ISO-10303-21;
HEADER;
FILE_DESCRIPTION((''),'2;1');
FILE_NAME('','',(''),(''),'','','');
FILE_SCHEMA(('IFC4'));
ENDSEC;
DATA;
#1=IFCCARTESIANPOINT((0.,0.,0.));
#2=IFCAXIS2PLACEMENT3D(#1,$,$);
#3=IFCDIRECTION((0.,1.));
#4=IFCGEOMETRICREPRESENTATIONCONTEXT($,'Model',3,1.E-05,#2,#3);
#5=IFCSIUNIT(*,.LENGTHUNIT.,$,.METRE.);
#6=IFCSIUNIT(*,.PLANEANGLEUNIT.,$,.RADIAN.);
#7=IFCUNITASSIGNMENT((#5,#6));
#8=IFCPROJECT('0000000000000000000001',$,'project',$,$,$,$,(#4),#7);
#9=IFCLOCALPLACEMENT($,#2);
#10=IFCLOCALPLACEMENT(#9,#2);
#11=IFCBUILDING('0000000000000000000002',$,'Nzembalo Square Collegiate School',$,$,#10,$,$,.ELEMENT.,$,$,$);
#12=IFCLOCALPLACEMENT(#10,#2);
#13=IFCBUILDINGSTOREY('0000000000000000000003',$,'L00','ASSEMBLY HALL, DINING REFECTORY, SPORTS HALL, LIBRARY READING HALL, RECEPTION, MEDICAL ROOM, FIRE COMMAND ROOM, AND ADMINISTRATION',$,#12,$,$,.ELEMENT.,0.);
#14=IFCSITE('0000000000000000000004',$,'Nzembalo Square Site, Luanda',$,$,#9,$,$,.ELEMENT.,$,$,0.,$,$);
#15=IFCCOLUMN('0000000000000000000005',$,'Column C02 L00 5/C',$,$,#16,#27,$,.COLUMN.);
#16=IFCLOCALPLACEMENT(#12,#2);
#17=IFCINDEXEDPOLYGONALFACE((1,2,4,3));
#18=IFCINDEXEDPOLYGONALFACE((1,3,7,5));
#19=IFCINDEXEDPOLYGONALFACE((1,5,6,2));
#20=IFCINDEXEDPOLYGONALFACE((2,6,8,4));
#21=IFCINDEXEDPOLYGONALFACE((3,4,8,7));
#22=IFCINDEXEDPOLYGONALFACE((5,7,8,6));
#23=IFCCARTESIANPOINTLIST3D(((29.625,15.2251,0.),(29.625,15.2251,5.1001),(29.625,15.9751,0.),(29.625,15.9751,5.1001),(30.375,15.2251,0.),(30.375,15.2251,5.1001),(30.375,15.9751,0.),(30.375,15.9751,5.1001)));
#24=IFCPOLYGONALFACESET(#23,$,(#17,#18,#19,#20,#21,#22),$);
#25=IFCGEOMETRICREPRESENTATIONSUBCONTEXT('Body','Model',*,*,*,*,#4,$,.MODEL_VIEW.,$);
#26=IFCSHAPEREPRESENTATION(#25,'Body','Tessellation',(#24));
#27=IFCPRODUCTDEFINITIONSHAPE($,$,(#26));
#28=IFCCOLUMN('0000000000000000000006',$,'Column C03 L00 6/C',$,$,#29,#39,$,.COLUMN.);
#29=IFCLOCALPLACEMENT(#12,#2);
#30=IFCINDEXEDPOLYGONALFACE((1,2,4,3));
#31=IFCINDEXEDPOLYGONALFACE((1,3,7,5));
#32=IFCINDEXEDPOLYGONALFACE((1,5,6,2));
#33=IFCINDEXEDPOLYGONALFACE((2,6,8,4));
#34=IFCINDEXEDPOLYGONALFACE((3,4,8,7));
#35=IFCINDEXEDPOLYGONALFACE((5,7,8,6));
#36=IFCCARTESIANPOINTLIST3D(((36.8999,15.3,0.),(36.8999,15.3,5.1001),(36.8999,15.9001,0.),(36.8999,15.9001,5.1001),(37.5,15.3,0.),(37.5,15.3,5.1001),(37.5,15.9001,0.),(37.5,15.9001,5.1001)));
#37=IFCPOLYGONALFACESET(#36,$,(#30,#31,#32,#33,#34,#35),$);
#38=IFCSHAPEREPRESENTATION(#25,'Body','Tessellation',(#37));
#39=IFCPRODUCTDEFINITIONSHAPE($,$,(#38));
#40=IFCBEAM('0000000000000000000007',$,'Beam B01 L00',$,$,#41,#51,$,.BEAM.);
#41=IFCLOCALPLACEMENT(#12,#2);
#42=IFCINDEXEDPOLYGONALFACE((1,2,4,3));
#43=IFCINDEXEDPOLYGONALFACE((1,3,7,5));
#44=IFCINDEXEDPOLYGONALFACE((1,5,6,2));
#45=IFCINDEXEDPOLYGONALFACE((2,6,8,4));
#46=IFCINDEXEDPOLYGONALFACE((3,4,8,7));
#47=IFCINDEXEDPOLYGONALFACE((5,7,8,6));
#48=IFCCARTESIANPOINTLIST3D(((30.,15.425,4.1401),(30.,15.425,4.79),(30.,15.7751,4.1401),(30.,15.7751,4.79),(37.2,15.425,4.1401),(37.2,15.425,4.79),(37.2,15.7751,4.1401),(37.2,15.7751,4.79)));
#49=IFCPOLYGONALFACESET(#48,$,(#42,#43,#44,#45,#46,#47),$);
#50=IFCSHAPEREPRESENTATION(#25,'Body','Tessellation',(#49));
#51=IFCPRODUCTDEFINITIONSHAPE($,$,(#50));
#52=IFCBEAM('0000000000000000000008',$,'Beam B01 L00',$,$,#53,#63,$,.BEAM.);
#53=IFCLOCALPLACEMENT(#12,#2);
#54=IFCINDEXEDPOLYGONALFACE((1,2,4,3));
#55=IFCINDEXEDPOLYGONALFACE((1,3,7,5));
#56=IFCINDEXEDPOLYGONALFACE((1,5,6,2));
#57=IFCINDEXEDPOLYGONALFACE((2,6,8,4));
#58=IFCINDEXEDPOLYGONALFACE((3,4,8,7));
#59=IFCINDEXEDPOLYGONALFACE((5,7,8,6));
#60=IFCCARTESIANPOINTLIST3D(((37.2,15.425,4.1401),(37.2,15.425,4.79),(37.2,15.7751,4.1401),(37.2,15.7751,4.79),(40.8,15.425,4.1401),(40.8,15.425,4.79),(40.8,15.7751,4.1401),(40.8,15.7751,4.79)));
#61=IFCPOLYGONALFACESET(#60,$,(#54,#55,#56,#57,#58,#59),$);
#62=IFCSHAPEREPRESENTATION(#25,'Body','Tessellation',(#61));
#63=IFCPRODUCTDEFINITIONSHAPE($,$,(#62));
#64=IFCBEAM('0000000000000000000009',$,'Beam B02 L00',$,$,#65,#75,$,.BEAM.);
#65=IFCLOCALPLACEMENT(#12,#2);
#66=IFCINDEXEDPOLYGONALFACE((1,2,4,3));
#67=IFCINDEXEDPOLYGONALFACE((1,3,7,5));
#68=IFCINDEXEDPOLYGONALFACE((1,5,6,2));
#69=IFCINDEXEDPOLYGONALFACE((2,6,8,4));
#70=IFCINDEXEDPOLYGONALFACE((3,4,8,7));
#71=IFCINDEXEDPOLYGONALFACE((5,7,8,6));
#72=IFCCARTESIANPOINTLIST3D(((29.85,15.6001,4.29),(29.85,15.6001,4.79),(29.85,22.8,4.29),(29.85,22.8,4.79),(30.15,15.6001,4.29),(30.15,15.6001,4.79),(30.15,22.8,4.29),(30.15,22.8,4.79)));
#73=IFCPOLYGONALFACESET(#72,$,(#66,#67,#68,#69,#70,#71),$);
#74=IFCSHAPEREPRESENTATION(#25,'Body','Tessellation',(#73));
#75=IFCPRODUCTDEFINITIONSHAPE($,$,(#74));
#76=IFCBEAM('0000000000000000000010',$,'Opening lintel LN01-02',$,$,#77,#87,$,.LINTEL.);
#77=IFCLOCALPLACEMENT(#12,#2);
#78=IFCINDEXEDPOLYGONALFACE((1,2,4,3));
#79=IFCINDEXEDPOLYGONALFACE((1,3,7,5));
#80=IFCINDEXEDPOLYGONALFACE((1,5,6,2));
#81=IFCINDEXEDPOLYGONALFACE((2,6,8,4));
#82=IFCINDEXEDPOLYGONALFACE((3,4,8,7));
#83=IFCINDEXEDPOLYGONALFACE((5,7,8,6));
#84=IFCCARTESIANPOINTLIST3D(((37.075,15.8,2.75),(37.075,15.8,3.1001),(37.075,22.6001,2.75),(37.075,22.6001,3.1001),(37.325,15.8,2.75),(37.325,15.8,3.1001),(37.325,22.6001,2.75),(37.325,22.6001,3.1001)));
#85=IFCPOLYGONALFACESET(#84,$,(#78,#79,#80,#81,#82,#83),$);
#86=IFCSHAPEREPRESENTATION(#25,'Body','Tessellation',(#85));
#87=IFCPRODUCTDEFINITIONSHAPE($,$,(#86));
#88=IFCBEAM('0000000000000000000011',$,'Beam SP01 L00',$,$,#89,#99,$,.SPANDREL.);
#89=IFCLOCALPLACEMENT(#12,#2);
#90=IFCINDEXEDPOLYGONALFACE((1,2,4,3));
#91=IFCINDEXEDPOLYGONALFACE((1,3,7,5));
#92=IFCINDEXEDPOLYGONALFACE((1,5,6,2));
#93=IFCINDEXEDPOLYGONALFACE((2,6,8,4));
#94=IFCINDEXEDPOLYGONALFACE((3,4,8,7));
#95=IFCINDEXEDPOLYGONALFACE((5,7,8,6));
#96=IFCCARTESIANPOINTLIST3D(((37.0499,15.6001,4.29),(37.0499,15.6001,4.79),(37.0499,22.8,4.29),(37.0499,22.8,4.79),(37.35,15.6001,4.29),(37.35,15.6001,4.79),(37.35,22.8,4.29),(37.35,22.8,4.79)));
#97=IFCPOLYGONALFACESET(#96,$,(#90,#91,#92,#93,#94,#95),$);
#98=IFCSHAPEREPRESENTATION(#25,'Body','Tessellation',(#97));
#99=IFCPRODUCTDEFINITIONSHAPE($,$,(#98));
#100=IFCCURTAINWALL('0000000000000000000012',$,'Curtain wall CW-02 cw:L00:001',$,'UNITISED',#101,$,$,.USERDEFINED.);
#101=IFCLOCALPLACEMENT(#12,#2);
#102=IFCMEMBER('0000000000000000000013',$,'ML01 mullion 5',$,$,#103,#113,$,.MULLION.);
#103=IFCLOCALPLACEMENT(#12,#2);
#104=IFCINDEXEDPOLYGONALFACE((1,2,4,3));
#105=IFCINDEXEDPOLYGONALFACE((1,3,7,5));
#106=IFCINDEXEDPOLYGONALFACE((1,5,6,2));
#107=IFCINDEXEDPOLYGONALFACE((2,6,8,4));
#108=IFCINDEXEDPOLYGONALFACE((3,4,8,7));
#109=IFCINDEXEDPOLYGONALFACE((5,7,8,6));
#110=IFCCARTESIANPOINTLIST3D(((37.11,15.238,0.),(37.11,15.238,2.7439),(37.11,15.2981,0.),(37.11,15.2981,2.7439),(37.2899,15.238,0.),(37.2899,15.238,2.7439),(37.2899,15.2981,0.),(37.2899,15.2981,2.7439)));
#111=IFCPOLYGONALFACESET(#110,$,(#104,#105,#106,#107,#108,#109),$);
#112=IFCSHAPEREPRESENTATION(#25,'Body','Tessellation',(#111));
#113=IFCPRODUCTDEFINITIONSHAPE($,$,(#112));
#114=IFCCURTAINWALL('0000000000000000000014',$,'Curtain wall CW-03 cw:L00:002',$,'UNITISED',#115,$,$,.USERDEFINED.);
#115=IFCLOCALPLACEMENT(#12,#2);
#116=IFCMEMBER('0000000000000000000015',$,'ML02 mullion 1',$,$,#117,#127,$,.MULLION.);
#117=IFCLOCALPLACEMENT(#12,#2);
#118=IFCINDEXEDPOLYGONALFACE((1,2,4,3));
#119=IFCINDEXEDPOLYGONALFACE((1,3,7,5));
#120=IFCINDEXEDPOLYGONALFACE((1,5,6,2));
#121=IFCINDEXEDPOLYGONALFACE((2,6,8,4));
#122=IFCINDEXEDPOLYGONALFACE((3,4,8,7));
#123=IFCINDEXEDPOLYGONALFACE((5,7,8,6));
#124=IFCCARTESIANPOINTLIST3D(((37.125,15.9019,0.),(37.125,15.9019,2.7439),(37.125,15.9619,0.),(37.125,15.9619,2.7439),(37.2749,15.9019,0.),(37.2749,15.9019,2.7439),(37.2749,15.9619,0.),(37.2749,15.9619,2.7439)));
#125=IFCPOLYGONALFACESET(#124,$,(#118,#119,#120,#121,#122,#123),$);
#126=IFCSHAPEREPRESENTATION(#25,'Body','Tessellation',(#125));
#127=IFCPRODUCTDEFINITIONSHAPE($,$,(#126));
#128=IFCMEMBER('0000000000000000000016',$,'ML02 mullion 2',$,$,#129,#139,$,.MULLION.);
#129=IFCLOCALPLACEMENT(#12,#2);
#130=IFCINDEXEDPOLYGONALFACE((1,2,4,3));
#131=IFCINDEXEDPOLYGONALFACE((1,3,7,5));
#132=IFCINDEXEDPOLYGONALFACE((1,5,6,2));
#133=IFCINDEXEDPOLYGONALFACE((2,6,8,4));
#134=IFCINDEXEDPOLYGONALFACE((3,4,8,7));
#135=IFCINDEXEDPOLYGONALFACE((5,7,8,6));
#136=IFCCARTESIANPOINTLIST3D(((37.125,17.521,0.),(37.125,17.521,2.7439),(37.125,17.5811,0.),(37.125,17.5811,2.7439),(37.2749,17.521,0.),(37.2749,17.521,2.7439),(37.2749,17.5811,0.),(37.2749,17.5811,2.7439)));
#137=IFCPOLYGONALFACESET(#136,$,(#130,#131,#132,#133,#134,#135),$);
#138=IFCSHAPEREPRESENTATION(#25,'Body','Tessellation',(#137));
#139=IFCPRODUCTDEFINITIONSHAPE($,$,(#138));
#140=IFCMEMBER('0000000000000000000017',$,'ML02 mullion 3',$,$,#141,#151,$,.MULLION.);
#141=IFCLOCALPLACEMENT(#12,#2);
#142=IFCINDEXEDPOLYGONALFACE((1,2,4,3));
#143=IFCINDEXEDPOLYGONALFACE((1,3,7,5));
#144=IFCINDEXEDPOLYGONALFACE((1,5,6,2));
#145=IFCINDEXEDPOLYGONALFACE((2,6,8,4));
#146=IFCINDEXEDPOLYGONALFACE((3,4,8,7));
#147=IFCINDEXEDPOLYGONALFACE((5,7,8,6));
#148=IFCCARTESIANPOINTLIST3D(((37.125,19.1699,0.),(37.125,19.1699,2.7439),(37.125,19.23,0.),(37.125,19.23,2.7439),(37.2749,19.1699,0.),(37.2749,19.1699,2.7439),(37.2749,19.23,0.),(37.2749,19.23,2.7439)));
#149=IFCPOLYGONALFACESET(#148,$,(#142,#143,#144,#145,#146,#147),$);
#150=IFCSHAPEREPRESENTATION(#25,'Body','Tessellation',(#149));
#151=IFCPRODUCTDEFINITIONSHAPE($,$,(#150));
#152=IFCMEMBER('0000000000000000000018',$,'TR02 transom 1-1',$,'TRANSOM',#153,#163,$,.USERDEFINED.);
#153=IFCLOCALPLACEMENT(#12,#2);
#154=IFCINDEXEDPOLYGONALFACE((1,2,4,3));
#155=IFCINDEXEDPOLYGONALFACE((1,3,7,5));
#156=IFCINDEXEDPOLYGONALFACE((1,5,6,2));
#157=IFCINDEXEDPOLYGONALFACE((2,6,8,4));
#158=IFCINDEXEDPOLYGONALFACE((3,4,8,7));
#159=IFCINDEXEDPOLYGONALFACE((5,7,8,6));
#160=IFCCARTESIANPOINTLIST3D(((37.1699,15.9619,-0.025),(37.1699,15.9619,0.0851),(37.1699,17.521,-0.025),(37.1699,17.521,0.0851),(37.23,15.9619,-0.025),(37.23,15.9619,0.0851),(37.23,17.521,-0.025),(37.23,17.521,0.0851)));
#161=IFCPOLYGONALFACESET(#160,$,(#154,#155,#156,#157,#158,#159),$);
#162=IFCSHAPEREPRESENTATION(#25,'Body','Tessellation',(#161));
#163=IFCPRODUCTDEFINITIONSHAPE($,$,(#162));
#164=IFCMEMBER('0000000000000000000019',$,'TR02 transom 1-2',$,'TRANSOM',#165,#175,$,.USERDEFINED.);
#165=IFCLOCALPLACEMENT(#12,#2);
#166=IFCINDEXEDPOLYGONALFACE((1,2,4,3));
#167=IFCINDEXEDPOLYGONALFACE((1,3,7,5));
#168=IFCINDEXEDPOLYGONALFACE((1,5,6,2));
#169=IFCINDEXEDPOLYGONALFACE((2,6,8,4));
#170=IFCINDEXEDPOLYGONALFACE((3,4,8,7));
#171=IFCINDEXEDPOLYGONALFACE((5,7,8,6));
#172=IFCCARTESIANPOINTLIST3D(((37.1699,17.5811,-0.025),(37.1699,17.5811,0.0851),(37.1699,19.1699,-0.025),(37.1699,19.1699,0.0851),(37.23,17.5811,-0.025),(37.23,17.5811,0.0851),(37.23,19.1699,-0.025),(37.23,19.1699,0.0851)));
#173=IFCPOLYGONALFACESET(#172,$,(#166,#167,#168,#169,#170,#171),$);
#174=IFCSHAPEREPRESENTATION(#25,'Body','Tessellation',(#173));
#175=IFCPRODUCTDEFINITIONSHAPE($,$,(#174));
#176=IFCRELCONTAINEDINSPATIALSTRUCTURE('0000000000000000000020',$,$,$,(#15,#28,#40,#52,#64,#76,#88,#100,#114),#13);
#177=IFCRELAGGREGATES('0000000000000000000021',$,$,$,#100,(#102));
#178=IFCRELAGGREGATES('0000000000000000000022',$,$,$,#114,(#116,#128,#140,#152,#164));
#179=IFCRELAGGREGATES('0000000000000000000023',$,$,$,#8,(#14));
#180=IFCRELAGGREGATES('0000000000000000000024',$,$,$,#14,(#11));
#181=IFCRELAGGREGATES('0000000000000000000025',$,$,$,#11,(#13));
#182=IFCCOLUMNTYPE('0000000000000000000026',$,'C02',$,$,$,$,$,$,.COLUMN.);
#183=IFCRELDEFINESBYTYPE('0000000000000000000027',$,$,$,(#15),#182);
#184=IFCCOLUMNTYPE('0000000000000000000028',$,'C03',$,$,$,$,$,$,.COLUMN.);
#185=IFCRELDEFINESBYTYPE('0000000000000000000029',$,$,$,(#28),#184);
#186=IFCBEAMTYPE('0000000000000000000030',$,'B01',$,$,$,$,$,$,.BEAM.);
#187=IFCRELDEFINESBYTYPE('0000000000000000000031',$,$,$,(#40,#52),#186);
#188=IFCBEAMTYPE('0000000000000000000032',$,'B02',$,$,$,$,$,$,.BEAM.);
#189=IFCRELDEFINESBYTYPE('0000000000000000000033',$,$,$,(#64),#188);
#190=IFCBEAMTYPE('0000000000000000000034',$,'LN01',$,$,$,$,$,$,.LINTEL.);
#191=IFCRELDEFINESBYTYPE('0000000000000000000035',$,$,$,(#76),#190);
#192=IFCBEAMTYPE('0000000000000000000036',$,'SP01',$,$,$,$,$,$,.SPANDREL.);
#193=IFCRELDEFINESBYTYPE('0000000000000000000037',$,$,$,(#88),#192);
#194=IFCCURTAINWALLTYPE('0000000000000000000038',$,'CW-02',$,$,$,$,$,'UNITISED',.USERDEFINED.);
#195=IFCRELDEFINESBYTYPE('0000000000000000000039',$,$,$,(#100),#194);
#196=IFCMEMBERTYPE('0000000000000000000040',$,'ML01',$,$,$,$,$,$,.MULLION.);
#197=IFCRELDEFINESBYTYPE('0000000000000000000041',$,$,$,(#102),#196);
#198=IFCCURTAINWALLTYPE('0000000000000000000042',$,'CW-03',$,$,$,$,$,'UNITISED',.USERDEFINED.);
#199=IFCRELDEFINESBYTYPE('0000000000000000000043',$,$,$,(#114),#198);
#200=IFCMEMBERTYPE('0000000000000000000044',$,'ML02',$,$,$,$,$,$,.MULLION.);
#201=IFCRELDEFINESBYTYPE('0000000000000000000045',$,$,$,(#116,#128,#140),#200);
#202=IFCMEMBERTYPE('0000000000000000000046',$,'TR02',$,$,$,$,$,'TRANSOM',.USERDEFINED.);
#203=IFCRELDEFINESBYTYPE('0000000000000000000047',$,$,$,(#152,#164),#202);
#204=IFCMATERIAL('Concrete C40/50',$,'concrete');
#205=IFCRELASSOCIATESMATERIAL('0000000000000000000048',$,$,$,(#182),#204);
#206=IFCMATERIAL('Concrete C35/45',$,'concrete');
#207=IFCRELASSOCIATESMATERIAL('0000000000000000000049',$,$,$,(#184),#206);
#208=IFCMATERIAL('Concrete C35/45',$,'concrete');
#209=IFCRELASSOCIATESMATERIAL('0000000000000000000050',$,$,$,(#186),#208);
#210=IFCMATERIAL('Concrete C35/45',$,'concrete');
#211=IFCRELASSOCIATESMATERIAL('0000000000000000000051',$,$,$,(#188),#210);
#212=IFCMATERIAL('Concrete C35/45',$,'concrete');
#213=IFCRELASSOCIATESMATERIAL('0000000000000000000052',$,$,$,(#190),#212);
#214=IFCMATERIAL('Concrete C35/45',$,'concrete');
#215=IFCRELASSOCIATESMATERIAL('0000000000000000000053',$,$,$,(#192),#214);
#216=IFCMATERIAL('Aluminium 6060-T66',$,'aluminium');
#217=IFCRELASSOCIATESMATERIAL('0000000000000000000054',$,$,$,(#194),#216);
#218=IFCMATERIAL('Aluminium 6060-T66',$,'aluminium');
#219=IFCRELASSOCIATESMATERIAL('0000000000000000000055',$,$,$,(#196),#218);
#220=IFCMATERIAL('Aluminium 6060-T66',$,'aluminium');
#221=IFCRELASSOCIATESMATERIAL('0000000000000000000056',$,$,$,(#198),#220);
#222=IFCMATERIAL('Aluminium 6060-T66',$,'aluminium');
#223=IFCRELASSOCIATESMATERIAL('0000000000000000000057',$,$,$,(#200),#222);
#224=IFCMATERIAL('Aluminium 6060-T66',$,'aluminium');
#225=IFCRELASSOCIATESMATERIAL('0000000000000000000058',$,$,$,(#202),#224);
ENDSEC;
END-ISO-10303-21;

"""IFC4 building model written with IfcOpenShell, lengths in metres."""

from ifc_helpers import new_model, si_unit, direction, frame, origin, origin_2d, place, context, subcontext, project, spatial, rectangle, extrude, material, material_profile, profile_set, type_object, element, aggregate, save


model = new_model("IFC4")

# Units and contexts
model_context = context("Model", 3, precision=1e-05, world=origin(), true_north=direction((0.0, 1.0)))
body_context = subcontext(model_context, "Body", "Model", "MODEL_VIEW")
ifc_project = project(units=[si_unit("LENGTHUNIT", "METRE"), si_unit("PLANEANGLEUNIT", "RADIAN")], contexts=[model_context])

# Site, building, storey
site_placement = place(None, origin())
site = spatial("IfcSite", under=ifc_project, at=site_placement, Name="Nzembalo Square Site, Luanda", CompositionType="ELEMENT", RefElevation=0.0)
building_placement = place(site_placement, origin())
building = spatial("IfcBuilding", under=site, at=building_placement, Name="Nzembalo Square Collegiate School", CompositionType="ELEMENT")
storey_placement = place(building_placement, origin())
storey = spatial("IfcBuildingStorey", under=building, at=storey_placement, Name="L00", Description="ASSEMBLY HALL, DINING REFECTORY, SPORTS HALL, LIBRARY READING HALL, RECEPTION, MEDICAL ROOM, FIRE COMMAND ROOM, AND ADMINISTRATION", CompositionType="ELEMENT", Elevation=0.0)

# Columns
ifc_material_1 = material(Name="Concrete C40/50", Category="concrete")
ifc_material_profile_1 = material_profile(ifc_material_1, rectangle(XDim=0.75, YDim=0.75, at=origin_2d()), Name="RC 750x750")
ifc_profile_set_1 = profile_set([ifc_material_profile_1], Name="Concrete C40/50")
column_type_1 = type_object("IfcColumnType", Name="C02", PredefinedType="COLUMN", material=ifc_profile_set_1)
column_1_placement = place(storey_placement, frame((30.0, 15.6001, 0.0), z_axis=(0.0, 0.0, 1.0), x_axis=(1.0, 0.0, 0.0)))
element("IfcColumn", 1, at=column_1_placement, inside=storey, type_object=column_type_1, Name="Column C02 L00 5/C", PredefinedType="COLUMN", context=body_context, shape_type="SweptSolid", body=[
    extrude(rectangle(XDim=0.75, YDim=0.75, at=origin_2d()), origin(), (0.0, 0.0, 1.0), 5.1001),
])
ifc_material_2 = material(Name="Concrete C35/45", Category="concrete")
ifc_material_profile_2 = material_profile(ifc_material_2, rectangle(XDim=0.6001, YDim=0.6001, at=origin_2d()), Name="RC 600x600")
ifc_profile_set_2 = profile_set([ifc_material_profile_2], Name="Concrete C35/45")
column_type_2 = type_object("IfcColumnType", Name="C03", PredefinedType="COLUMN", material=ifc_profile_set_2)
column_2_placement = place(storey_placement, frame((37.2, 15.6001, 0.0), z_axis=(0.0, 0.0, 1.0), x_axis=(1.0, 0.0, 0.0)))
element("IfcColumn", 2, at=column_2_placement, inside=storey, type_object=column_type_2, Name="Column C03 L00 6/C", PredefinedType="COLUMN", context=body_context, shape_type="SweptSolid", body=[
    extrude(rectangle(XDim=0.6001, YDim=0.6001, at=origin_2d()), origin(), (0.0, 0.0, 1.0), 5.1001),
])

# Beams
ifc_material_3 = material(Name="Concrete C35/45", Category="concrete")
ifc_material_profile_3 = material_profile(ifc_material_3, rectangle(XDim=0.3501, YDim=0.6499, at=origin_2d()), Name="RC 350x650")
ifc_profile_set_3 = profile_set([ifc_material_profile_3], Name="Concrete C35/45")
beam_type_1 = type_object("IfcBeamType", Name="B01", PredefinedType="BEAM", material=ifc_profile_set_3)
beam_1_placement = place(storey_placement, frame((30.0, 15.6001, 4.4651), z_axis=(1.0, 0.0, 0.0), x_axis=(0.0, 1.0, 0.0)))
element("IfcBeam", 3, at=beam_1_placement, inside=storey, type_object=beam_type_1, Name="Beam B01 L00", PredefinedType="BEAM", context=body_context, shape_type="SweptSolid", body=[
    extrude(rectangle(XDim=0.3501, YDim=0.6499, at=origin_2d()), origin(), (0.0, 0.0, 1.0), 7.2),
])
beam_2_placement = place(storey_placement, frame((37.2, 15.6001, 4.4651), z_axis=(1.0, 0.0, 0.0), x_axis=(0.0, 1.0, 0.0)))
element("IfcBeam", 4, at=beam_2_placement, inside=storey, type_object=beam_type_1, Name="Beam B01 L00", PredefinedType="BEAM", context=body_context, shape_type="SweptSolid", body=[
    extrude(rectangle(XDim=0.3501, YDim=0.6499, at=origin_2d()), origin(), (0.0, 0.0, 1.0), 3.6001),
])
ifc_material_4 = material(Name="Concrete C35/45", Category="concrete")
ifc_material_profile_4 = material_profile(ifc_material_4, rectangle(XDim=0.3, YDim=0.5, at=origin_2d()), Name="RC 300x500")
ifc_profile_set_4 = profile_set([ifc_material_profile_4], Name="Concrete C35/45")
beam_type_2 = type_object("IfcBeamType", Name="B02", PredefinedType="BEAM", material=ifc_profile_set_4)
beam_3_placement = place(storey_placement, frame((30.0, 15.6001, 4.54), z_axis=(0.0, 1.0, 0.0), x_axis=(-1.0, 0.0, 0.0)))
element("IfcBeam", 5, at=beam_3_placement, inside=storey, type_object=beam_type_2, Name="Beam B02 L00", PredefinedType="BEAM", context=body_context, shape_type="SweptSolid", body=[
    extrude(rectangle(XDim=0.3, YDim=0.5, at=origin_2d()), origin(), (0.0, 0.0, 1.0), 7.2),
])
ifc_material_5 = material(Name="Concrete C35/45", Category="concrete")
ifc_material_profile_5 = material_profile(ifc_material_5, rectangle(XDim=0.25, YDim=0.3501, at=origin_2d()), Name="RC 250x350")
ifc_profile_set_5 = profile_set([ifc_material_profile_5], Name="Concrete C35/45")
beam_type_3 = type_object("IfcBeamType", Name="LN01", PredefinedType="LINTEL", material=ifc_profile_set_5)
beam_4_placement = place(storey_placement, frame((37.2, 15.8, 2.925), z_axis=(0.0, 1.0, 0.0), x_axis=(-1.0, 0.0, 0.0)))
element("IfcBeam", 6, at=beam_4_placement, inside=storey, type_object=beam_type_3, Name="Opening lintel LN01-02", PredefinedType="LINTEL", context=body_context, shape_type="SweptSolid", body=[
    extrude(rectangle(XDim=0.25, YDim=0.3501, at=origin_2d()), origin(), (0.0, 0.0, 1.0), 6.8),
])
ifc_material_6 = material(Name="Concrete C35/45", Category="concrete")
ifc_material_profile_6 = material_profile(ifc_material_6, rectangle(XDim=0.3, YDim=0.5, at=origin_2d()), Name="RC 300x500")
ifc_profile_set_6 = profile_set([ifc_material_profile_6], Name="Concrete C35/45")
beam_type_4 = type_object("IfcBeamType", Name="SP01", PredefinedType="SPANDREL", material=ifc_profile_set_6)
beam_5_placement = place(storey_placement, frame((37.2, 15.6001, 4.54), z_axis=(0.0, 1.0, 0.0), x_axis=(-1.0, 0.0, 0.0)))
element("IfcBeam", 7, at=beam_5_placement, inside=storey, type_object=beam_type_4, Name="Beam SP01 L00", PredefinedType="SPANDREL", context=body_context, shape_type="SweptSolid", body=[
    extrude(rectangle(XDim=0.3, YDim=0.5, at=origin_2d()), origin(), (0.0, 0.0, 1.0), 7.2),
])

# Curtain wall, member
ifc_material_7 = material(Name="Aluminium 6060-T66", Category="aluminium")
curtain_wall_type_1 = type_object("IfcCurtainWallType", Name="CW-02", ElementType="UNITISED", PredefinedType="USERDEFINED", material=ifc_material_7)
curtain_wall_1_placement = place(storey_placement, origin())
curtain_wall_1 = element("IfcCurtainWall", 8, at=curtain_wall_1_placement, inside=storey, type_object=curtain_wall_type_1, Name="Curtain wall CW-02 cw:L00:001", ObjectType="UNITISED", PredefinedType="USERDEFINED")
ifc_material_8 = material(Name="Aluminium 6060-T66", Category="aluminium")
ifc_material_profile_7 = material_profile(ifc_material_8, rectangle(XDim=0.0601, YDim=0.1799, at=origin_2d()), Name="ALU M60x180")
ifc_profile_set_7 = profile_set([ifc_material_profile_7], Name="Aluminium 6060-T66")
member_type_1 = type_object("IfcMemberType", Name="ML01", PredefinedType="MULLION", material=ifc_profile_set_7)
member_1_placement = place(storey_placement, frame((37.2, 15.2681, 0.0), z_axis=(0.0, 0.0, 1.0), x_axis=(0.0, 1.0, 0.0)))
member_1 = element("IfcMember", 9, at=member_1_placement, type_object=member_type_1, Name="ML01 mullion 5", PredefinedType="MULLION", context=body_context, shape_type="SweptSolid", body=[
    extrude(rectangle(XDim=0.0601, YDim=0.1799, at=origin_2d()), origin(), (0.0, 0.0, 1.0), 2.7439),
])

# Curtain wall, members
ifc_material_9 = material(Name="Aluminium 6060-T66", Category="aluminium")
curtain_wall_type_2 = type_object("IfcCurtainWallType", Name="CW-03", ElementType="UNITISED", PredefinedType="USERDEFINED", material=ifc_material_9)
curtain_wall_2_placement = place(storey_placement, origin())
curtain_wall_2 = element("IfcCurtainWall", 10, at=curtain_wall_2_placement, inside=storey, type_object=curtain_wall_type_2, Name="Curtain wall CW-03 cw:L00:002", ObjectType="UNITISED", PredefinedType="USERDEFINED")
ifc_material_10 = material(Name="Aluminium 6060-T66", Category="aluminium")
ifc_material_profile_8 = material_profile(ifc_material_10, rectangle(XDim=0.0601, YDim=0.1499, at=origin_2d()), Name="ALU M60x150")
ifc_profile_set_8 = profile_set([ifc_material_profile_8], Name="Aluminium 6060-T66")
member_type_2 = type_object("IfcMemberType", Name="ML02", PredefinedType="MULLION", material=ifc_profile_set_8)
member_2_placement = place(storey_placement, frame((37.2, 15.9319, 0.0), z_axis=(0.0, 0.0, 1.0), x_axis=(0.0, 1.0, 0.0)))
member_2 = element("IfcMember", 11, at=member_2_placement, type_object=member_type_2, Name="ML02 mullion 1", PredefinedType="MULLION", context=body_context, shape_type="SweptSolid", body=[
    extrude(rectangle(XDim=0.0601, YDim=0.1499, at=origin_2d()), origin(), (0.0, 0.0, 1.0), 2.7439),
])
member_3_placement = place(storey_placement, frame((37.2, 17.551, 0.0), z_axis=(0.0, 0.0, 1.0), x_axis=(0.0, 1.0, 0.0)))
member_3 = element("IfcMember", 12, at=member_3_placement, type_object=member_type_2, Name="ML02 mullion 2", PredefinedType="MULLION", context=body_context, shape_type="SweptSolid", body=[
    extrude(rectangle(XDim=0.0601, YDim=0.1499, at=origin_2d()), origin(), (0.0, 0.0, 1.0), 2.7439),
])
member_4_placement = place(storey_placement, frame((37.2, 19.2, 0.0), z_axis=(0.0, 0.0, 1.0), x_axis=(0.0, 1.0, 0.0)))
member_4 = element("IfcMember", 13, at=member_4_placement, type_object=member_type_2, Name="ML02 mullion 3", PredefinedType="MULLION", context=body_context, shape_type="SweptSolid", body=[
    extrude(rectangle(XDim=0.0601, YDim=0.1499, at=origin_2d()), origin(), (0.0, 0.0, 1.0), 2.7439),
])
ifc_material_11 = material(Name="Aluminium 6060-T66", Category="aluminium")
ifc_material_profile_9 = material_profile(ifc_material_11, rectangle(XDim=0.0601, YDim=0.1101, at=origin_2d()), Name="ALU T60x110")
ifc_profile_set_9 = profile_set([ifc_material_profile_9], Name="Aluminium 6060-T66")
member_type_3 = type_object("IfcMemberType", Name="TR02", ElementType="TRANSOM", PredefinedType="USERDEFINED", material=ifc_profile_set_9)
member_5_placement = place(storey_placement, frame((37.2, 15.9619, 0.03), z_axis=(0.0, 1.0, 0.0), x_axis=(-1.0, 0.0, 0.0)))
member_5 = element("IfcMember", 14, at=member_5_placement, type_object=member_type_3, Name="TR02 transom 1-1", ObjectType="TRANSOM", PredefinedType="USERDEFINED", context=body_context, shape_type="SweptSolid", body=[
    extrude(rectangle(XDim=0.0601, YDim=0.1101, at=origin_2d()), origin(), (0.0, 0.0, 1.0), 1.5591),
])
member_6_placement = place(storey_placement, frame((37.2, 17.5811, 0.03), z_axis=(0.0, 1.0, 0.0), x_axis=(-1.0, 0.0, 0.0)))
member_6 = element("IfcMember", 15, at=member_6_placement, type_object=member_type_3, Name="TR02 transom 1-2", ObjectType="TRANSOM", PredefinedType="USERDEFINED", context=body_context, shape_type="SweptSolid", body=[
    extrude(rectangle(XDim=0.0601, YDim=0.1101, at=origin_2d()), origin(), (0.0, 0.0, 1.0), 1.5889),
])

aggregate(curtain_wall_1, [member_1])
aggregate(curtain_wall_2, [member_2, member_3, member_4, member_5, member_6])

save(model, "model.ifc")
